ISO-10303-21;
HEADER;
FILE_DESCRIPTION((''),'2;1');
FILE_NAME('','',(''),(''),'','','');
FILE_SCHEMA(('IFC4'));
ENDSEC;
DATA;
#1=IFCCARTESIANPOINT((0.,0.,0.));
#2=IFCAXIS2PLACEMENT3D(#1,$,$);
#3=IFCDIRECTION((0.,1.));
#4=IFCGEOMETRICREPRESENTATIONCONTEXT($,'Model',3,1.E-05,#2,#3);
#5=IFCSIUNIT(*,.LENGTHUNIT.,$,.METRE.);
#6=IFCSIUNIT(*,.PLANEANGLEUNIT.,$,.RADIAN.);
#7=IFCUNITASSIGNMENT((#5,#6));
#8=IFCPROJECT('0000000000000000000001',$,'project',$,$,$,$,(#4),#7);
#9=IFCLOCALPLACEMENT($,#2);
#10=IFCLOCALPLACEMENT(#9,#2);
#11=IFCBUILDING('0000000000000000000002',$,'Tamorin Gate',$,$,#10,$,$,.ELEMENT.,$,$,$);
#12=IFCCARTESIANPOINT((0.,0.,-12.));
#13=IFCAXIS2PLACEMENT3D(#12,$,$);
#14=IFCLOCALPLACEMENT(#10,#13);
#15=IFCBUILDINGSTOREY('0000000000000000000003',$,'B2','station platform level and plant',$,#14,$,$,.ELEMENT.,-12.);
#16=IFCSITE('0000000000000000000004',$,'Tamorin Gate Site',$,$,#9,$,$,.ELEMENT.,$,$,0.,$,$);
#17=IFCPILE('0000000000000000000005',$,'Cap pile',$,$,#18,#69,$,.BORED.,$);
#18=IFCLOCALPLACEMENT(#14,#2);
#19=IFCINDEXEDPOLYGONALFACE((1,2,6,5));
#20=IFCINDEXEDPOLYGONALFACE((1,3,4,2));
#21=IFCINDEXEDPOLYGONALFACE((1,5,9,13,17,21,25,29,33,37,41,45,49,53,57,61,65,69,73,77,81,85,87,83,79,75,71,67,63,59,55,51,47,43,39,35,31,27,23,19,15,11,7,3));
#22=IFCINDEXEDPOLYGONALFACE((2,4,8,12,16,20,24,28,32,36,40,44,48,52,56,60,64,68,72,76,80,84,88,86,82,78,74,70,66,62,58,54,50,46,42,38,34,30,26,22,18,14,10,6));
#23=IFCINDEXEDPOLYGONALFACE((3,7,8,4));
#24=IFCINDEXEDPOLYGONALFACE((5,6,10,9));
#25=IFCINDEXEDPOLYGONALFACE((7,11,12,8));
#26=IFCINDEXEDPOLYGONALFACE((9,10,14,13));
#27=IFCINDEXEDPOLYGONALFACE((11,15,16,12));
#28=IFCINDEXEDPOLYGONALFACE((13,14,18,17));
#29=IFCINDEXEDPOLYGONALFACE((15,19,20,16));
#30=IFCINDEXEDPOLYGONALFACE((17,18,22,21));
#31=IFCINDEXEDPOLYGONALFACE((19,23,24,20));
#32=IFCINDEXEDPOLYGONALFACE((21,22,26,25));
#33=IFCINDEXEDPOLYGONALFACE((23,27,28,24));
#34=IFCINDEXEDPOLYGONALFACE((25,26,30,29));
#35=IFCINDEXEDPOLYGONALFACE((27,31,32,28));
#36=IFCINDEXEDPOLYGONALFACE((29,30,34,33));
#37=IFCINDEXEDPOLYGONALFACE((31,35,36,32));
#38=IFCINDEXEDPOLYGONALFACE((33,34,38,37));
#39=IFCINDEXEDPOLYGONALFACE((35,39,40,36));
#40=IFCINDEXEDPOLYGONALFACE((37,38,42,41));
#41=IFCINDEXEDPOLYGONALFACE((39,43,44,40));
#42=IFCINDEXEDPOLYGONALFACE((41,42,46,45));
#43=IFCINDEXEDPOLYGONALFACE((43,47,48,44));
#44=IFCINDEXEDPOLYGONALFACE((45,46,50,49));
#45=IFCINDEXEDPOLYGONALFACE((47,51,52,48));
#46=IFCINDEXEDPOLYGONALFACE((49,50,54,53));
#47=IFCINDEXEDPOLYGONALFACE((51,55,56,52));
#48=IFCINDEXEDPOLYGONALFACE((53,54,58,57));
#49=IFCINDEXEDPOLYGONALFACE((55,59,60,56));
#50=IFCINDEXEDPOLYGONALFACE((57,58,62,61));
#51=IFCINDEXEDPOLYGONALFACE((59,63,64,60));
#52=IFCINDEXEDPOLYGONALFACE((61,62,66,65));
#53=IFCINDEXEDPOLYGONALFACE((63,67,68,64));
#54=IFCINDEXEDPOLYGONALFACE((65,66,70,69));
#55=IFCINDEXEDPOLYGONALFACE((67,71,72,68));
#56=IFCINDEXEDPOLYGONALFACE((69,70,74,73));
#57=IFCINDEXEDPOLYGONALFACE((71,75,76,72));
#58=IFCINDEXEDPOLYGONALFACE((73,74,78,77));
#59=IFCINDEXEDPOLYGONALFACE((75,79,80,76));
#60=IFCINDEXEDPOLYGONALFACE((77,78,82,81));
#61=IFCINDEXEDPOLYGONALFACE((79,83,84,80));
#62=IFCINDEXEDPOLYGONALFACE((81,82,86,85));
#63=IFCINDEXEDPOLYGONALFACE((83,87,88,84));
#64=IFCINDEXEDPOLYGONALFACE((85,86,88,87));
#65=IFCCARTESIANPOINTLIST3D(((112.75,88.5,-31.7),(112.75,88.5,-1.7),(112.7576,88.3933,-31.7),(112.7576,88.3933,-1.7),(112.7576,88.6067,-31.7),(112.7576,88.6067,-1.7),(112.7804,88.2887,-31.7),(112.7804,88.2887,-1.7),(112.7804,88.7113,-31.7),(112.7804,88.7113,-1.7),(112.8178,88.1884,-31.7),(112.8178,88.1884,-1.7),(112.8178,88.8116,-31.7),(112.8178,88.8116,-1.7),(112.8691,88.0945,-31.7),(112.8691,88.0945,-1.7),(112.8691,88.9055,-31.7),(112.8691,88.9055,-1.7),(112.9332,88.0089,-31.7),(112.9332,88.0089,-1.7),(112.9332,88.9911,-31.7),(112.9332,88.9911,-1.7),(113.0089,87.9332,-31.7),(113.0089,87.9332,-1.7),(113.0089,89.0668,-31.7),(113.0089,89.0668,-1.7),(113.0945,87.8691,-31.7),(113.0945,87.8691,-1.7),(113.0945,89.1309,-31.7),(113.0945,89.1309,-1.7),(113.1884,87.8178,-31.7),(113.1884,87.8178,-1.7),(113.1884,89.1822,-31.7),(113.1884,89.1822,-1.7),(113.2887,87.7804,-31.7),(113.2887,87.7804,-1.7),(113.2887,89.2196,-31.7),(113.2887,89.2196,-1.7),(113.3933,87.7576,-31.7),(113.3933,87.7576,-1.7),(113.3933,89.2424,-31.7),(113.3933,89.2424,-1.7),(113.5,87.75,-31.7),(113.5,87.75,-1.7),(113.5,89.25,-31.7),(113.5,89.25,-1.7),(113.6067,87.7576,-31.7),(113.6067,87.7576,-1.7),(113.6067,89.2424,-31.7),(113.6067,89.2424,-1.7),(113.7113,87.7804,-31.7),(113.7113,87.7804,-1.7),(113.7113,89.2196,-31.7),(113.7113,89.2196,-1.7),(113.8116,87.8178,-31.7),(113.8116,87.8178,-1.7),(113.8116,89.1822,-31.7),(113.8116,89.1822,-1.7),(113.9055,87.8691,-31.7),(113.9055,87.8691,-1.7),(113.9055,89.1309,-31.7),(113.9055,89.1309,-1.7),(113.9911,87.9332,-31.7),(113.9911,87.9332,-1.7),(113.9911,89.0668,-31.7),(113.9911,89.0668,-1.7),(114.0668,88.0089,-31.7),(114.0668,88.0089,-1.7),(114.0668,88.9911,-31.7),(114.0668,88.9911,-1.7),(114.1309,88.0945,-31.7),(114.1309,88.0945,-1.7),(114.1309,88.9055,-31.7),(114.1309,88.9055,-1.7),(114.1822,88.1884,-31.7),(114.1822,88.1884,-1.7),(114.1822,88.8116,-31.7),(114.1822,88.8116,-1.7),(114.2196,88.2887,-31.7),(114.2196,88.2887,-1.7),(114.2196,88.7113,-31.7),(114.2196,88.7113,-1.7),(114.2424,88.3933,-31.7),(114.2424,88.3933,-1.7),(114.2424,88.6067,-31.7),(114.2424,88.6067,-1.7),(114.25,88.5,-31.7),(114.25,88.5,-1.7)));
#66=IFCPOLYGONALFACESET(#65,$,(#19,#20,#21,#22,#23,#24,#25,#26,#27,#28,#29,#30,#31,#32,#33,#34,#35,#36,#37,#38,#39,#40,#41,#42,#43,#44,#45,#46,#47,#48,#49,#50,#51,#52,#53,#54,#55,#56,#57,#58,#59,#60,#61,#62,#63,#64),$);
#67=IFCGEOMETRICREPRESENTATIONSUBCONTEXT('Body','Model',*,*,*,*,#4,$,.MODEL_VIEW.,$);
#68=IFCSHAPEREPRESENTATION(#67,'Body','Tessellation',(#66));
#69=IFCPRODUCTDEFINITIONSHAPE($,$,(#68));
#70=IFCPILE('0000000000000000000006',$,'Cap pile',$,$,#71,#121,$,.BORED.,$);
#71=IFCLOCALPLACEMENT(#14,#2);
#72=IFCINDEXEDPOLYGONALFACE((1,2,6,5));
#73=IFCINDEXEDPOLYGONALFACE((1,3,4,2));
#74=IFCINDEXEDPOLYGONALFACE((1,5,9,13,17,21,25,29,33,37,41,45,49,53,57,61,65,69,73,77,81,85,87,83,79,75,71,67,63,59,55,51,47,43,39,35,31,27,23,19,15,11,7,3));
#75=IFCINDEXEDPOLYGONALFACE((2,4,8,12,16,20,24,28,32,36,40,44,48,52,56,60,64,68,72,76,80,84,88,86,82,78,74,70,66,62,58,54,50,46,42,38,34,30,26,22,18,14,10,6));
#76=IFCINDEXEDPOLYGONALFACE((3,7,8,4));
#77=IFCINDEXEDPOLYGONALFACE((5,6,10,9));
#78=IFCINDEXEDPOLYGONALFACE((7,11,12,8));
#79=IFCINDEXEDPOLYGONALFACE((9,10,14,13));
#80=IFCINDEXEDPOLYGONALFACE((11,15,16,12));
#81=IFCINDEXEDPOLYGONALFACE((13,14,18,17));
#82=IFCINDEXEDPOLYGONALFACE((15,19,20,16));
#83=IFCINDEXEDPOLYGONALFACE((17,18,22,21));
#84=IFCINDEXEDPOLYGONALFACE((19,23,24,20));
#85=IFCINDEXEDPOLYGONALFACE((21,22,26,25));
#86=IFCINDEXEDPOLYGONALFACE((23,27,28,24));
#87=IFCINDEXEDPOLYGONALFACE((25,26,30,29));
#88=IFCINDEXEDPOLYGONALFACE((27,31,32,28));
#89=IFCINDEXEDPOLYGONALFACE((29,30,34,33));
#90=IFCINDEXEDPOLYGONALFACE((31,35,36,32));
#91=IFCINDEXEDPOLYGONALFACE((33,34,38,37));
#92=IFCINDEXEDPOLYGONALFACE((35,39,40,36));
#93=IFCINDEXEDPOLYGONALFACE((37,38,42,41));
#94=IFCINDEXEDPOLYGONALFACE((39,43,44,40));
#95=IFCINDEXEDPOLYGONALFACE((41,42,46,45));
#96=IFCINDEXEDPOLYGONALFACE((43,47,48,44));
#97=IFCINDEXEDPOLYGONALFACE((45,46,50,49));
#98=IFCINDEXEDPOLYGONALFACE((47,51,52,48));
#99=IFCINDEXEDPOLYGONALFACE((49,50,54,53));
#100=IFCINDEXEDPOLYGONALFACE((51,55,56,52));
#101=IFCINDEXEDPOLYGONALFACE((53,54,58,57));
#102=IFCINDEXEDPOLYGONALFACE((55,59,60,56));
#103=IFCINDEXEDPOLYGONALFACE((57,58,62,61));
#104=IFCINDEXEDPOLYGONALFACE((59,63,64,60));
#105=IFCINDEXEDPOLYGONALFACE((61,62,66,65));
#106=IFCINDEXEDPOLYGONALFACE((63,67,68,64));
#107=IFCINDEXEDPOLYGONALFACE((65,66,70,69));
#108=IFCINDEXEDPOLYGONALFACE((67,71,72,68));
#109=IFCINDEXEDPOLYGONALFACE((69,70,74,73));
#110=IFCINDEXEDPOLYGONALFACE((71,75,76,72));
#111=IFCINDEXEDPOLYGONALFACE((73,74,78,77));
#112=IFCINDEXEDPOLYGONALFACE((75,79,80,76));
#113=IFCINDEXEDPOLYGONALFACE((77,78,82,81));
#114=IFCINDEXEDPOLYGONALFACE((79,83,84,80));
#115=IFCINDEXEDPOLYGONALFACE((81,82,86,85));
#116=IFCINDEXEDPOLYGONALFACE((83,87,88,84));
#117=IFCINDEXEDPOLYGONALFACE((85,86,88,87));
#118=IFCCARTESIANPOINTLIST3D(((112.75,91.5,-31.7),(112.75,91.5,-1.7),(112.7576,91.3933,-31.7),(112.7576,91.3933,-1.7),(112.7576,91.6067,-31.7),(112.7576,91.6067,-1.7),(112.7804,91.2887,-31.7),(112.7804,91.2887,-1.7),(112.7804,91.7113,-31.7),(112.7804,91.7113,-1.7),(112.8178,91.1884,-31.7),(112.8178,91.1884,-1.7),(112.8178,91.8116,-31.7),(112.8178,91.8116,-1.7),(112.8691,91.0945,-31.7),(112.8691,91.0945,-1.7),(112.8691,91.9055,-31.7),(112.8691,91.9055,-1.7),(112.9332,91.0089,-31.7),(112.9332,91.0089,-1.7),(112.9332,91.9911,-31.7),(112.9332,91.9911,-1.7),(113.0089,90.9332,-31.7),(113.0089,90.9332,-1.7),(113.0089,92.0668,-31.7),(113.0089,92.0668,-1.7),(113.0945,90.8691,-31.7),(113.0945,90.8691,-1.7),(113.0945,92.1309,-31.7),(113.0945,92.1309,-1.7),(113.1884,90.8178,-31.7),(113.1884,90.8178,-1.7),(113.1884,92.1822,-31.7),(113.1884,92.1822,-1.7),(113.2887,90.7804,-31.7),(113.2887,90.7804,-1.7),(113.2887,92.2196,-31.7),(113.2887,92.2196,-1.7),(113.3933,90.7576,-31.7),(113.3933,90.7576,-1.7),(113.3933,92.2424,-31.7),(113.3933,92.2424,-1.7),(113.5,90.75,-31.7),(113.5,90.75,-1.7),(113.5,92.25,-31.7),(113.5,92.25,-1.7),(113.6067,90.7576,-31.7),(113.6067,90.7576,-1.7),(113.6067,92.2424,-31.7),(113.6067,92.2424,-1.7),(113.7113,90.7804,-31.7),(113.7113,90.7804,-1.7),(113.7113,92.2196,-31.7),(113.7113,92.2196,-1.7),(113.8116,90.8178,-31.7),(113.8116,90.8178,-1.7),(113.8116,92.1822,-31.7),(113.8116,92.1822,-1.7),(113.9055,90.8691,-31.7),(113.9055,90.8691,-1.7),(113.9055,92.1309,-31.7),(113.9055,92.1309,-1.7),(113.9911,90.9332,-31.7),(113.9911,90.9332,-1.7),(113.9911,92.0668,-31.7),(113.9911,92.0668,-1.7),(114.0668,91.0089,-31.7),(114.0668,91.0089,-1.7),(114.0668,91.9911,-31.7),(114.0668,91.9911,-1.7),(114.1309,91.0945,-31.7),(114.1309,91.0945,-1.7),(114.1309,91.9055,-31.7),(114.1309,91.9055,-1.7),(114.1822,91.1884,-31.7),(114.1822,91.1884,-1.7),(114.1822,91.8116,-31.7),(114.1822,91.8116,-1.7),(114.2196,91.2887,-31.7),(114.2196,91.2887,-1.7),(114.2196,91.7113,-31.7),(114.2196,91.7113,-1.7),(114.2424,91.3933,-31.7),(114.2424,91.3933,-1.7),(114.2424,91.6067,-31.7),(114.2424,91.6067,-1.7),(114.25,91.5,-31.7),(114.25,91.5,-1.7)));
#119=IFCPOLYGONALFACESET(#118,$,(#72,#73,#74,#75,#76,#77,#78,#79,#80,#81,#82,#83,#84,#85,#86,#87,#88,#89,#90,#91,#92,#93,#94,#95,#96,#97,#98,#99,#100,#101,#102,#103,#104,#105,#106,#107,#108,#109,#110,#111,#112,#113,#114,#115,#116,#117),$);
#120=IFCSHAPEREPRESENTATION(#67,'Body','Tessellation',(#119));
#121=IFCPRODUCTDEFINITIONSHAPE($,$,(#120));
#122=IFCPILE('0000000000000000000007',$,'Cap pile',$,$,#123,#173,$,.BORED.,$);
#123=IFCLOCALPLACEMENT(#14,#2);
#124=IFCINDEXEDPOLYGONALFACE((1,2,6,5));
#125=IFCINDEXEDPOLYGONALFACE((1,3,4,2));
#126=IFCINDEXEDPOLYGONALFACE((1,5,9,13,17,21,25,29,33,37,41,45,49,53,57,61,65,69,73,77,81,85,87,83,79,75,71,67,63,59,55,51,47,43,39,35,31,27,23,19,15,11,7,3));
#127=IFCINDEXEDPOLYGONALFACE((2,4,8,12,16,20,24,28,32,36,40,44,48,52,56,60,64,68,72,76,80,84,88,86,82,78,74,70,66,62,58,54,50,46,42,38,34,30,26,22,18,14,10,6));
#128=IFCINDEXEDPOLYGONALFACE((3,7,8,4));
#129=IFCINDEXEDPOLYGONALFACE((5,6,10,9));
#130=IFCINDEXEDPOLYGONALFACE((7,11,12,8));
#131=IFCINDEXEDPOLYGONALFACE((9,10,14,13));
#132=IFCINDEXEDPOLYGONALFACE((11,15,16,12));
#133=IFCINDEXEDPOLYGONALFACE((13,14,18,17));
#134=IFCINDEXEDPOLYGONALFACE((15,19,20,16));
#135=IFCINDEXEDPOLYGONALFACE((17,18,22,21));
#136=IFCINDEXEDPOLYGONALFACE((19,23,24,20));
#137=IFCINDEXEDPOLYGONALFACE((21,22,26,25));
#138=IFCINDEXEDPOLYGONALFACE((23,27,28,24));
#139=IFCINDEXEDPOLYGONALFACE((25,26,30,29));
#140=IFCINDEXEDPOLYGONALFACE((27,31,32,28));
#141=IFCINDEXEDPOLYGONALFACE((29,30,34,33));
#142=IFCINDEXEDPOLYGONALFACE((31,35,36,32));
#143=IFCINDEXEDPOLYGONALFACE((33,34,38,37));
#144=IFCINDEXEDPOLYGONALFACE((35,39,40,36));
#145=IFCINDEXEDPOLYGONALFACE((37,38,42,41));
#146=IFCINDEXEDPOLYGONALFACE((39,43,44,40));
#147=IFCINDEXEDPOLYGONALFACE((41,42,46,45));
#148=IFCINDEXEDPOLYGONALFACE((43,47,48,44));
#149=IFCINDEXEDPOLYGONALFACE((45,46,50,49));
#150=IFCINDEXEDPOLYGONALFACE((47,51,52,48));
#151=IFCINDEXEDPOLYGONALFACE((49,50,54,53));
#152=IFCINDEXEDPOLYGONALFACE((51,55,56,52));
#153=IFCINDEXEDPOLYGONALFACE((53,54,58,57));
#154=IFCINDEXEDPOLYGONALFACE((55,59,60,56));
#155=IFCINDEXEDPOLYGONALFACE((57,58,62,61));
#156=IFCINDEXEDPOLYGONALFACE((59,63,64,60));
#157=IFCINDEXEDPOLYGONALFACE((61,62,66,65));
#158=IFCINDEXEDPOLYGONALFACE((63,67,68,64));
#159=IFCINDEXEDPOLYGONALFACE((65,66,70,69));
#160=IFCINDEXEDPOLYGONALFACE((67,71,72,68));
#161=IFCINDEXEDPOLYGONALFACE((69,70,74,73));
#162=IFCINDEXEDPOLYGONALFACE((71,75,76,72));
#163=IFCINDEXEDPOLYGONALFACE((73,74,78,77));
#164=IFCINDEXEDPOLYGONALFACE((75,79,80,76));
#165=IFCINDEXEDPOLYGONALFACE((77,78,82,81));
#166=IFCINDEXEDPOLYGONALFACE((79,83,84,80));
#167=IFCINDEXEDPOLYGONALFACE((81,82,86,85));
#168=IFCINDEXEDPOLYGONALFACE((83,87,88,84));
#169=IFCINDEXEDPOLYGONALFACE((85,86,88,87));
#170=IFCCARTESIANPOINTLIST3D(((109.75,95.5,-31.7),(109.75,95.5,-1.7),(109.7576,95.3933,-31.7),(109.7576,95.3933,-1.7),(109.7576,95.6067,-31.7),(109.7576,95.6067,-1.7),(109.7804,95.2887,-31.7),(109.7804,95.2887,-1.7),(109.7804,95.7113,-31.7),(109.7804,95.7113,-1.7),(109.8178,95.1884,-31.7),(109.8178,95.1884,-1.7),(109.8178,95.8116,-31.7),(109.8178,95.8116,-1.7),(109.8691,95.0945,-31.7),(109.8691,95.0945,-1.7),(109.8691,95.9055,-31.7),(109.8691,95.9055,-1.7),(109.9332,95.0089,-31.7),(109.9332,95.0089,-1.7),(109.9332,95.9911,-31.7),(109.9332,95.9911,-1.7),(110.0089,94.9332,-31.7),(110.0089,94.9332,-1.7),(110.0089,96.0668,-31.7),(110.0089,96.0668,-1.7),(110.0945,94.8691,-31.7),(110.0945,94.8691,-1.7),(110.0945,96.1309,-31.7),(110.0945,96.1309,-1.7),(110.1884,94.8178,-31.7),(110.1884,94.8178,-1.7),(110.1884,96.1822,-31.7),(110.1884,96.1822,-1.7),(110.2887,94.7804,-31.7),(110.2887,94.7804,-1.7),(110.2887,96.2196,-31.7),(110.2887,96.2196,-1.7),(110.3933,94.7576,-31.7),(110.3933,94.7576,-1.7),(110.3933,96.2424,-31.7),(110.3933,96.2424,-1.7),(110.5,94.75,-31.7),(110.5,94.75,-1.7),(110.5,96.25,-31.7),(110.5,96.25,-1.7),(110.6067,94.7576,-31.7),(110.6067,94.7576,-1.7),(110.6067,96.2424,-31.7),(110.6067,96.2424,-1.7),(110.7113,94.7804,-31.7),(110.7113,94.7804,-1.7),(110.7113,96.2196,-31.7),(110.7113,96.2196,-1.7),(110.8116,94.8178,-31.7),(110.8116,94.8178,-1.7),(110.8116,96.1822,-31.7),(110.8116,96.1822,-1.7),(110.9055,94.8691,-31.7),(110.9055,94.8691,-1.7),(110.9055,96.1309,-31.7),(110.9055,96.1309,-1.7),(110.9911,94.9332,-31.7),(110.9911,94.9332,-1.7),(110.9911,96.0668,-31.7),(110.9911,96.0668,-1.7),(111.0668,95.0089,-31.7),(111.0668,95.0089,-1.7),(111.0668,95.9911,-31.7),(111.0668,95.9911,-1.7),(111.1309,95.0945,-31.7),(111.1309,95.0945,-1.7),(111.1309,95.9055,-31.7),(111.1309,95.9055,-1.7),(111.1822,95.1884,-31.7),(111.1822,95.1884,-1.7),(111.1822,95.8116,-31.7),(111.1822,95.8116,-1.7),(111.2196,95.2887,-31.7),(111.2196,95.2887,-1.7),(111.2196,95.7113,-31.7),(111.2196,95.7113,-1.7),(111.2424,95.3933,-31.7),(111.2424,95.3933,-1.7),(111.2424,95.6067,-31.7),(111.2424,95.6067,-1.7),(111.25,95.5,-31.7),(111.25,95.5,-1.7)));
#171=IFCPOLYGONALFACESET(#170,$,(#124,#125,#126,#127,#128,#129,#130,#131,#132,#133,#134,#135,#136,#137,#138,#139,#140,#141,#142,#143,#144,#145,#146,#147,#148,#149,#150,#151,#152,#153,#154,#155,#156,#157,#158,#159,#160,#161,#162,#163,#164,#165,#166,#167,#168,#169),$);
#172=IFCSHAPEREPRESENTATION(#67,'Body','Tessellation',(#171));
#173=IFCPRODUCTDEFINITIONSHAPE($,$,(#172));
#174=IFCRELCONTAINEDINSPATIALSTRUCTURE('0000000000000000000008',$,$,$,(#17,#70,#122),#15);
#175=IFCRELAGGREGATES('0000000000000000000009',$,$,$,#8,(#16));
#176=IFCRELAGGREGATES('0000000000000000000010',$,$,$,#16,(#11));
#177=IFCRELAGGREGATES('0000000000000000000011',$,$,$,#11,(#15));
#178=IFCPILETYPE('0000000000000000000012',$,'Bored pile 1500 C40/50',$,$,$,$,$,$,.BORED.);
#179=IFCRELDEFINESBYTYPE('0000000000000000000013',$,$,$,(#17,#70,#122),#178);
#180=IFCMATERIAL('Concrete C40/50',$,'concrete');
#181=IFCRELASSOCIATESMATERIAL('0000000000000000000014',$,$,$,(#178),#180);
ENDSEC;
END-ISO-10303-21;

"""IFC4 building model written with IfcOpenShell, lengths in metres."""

from ifc_helpers import new_model, si_unit, direction, frame, origin, origin_2d, place, context, subcontext, project, spatial, circle, extrude, material, material_profile, profile_set, type_object, element, save


model = new_model("IFC4")

# Units and contexts
model_context = context("Model", 3, precision=1e-05, world=origin(), true_north=direction((0.0, 1.0)))
body_context = subcontext(model_context, "Body", "Model", "MODEL_VIEW")
ifc_project = project(units=[si_unit("LENGTHUNIT", "METRE"), si_unit("PLANEANGLEUNIT", "RADIAN")], contexts=[model_context])

# Site, building, storey
site_placement = place(None, origin())
site = spatial("IfcSite", under=ifc_project, at=site_placement, Name="Tamorin Gate Site", CompositionType="ELEMENT", RefElevation=0.0)
building_placement = place(site_placement, origin())
building = spatial("IfcBuilding", under=site, at=building_placement, Name="Tamorin Gate", CompositionType="ELEMENT")
storey_placement = place(building_placement, frame((0.0, 0.0, -12.0)))
storey = spatial("IfcBuildingStorey", under=building, at=storey_placement, Name="B2", Description="station platform level and plant", CompositionType="ELEMENT", Elevation=-12.0)

# Piles
ifc_material_1 = material(Name="Concrete C40/50", Category="concrete")
ifc_material_profile_1 = material_profile(ifc_material_1, circle(Radius=0.75, at=origin_2d()))
ifc_profile_set_1 = profile_set([ifc_material_profile_1], Name="Concrete C40/50")
pile_type = type_object("IfcPileType", Name="Bored pile 1500 C40/50", PredefinedType="BORED", material=ifc_profile_set_1)
for number, where, z_axis, x_axis, name in (
    (1, (113.5, 88.5, -1.7), (0.0, 0.0, -1.0), (1.0, 0.0, 0.0), "Cap pile"),
    (2, (113.5, 91.5, -1.7), (0.0, 0.0, -1.0), (1.0, 0.0, 0.0), "Cap pile"),
    (3, (110.5, 95.5, -1.7), (0.0, 0.0, -1.0), (1.0, 0.0, 0.0), "Cap pile"),
):
    element("IfcPile", number, at=place(storey_placement, frame(where, z_axis=z_axis, x_axis=x_axis)), inside=storey, type_object=pile_type, Name=name, PredefinedType="BORED", context=body_context, shape_type="SweptSolid", body=[
        extrude(circle(Radius=0.75, at=origin_2d()), origin(), (0.0, 0.0, 1.0), 30.0),
    ])

save(model, "model.ifc")
